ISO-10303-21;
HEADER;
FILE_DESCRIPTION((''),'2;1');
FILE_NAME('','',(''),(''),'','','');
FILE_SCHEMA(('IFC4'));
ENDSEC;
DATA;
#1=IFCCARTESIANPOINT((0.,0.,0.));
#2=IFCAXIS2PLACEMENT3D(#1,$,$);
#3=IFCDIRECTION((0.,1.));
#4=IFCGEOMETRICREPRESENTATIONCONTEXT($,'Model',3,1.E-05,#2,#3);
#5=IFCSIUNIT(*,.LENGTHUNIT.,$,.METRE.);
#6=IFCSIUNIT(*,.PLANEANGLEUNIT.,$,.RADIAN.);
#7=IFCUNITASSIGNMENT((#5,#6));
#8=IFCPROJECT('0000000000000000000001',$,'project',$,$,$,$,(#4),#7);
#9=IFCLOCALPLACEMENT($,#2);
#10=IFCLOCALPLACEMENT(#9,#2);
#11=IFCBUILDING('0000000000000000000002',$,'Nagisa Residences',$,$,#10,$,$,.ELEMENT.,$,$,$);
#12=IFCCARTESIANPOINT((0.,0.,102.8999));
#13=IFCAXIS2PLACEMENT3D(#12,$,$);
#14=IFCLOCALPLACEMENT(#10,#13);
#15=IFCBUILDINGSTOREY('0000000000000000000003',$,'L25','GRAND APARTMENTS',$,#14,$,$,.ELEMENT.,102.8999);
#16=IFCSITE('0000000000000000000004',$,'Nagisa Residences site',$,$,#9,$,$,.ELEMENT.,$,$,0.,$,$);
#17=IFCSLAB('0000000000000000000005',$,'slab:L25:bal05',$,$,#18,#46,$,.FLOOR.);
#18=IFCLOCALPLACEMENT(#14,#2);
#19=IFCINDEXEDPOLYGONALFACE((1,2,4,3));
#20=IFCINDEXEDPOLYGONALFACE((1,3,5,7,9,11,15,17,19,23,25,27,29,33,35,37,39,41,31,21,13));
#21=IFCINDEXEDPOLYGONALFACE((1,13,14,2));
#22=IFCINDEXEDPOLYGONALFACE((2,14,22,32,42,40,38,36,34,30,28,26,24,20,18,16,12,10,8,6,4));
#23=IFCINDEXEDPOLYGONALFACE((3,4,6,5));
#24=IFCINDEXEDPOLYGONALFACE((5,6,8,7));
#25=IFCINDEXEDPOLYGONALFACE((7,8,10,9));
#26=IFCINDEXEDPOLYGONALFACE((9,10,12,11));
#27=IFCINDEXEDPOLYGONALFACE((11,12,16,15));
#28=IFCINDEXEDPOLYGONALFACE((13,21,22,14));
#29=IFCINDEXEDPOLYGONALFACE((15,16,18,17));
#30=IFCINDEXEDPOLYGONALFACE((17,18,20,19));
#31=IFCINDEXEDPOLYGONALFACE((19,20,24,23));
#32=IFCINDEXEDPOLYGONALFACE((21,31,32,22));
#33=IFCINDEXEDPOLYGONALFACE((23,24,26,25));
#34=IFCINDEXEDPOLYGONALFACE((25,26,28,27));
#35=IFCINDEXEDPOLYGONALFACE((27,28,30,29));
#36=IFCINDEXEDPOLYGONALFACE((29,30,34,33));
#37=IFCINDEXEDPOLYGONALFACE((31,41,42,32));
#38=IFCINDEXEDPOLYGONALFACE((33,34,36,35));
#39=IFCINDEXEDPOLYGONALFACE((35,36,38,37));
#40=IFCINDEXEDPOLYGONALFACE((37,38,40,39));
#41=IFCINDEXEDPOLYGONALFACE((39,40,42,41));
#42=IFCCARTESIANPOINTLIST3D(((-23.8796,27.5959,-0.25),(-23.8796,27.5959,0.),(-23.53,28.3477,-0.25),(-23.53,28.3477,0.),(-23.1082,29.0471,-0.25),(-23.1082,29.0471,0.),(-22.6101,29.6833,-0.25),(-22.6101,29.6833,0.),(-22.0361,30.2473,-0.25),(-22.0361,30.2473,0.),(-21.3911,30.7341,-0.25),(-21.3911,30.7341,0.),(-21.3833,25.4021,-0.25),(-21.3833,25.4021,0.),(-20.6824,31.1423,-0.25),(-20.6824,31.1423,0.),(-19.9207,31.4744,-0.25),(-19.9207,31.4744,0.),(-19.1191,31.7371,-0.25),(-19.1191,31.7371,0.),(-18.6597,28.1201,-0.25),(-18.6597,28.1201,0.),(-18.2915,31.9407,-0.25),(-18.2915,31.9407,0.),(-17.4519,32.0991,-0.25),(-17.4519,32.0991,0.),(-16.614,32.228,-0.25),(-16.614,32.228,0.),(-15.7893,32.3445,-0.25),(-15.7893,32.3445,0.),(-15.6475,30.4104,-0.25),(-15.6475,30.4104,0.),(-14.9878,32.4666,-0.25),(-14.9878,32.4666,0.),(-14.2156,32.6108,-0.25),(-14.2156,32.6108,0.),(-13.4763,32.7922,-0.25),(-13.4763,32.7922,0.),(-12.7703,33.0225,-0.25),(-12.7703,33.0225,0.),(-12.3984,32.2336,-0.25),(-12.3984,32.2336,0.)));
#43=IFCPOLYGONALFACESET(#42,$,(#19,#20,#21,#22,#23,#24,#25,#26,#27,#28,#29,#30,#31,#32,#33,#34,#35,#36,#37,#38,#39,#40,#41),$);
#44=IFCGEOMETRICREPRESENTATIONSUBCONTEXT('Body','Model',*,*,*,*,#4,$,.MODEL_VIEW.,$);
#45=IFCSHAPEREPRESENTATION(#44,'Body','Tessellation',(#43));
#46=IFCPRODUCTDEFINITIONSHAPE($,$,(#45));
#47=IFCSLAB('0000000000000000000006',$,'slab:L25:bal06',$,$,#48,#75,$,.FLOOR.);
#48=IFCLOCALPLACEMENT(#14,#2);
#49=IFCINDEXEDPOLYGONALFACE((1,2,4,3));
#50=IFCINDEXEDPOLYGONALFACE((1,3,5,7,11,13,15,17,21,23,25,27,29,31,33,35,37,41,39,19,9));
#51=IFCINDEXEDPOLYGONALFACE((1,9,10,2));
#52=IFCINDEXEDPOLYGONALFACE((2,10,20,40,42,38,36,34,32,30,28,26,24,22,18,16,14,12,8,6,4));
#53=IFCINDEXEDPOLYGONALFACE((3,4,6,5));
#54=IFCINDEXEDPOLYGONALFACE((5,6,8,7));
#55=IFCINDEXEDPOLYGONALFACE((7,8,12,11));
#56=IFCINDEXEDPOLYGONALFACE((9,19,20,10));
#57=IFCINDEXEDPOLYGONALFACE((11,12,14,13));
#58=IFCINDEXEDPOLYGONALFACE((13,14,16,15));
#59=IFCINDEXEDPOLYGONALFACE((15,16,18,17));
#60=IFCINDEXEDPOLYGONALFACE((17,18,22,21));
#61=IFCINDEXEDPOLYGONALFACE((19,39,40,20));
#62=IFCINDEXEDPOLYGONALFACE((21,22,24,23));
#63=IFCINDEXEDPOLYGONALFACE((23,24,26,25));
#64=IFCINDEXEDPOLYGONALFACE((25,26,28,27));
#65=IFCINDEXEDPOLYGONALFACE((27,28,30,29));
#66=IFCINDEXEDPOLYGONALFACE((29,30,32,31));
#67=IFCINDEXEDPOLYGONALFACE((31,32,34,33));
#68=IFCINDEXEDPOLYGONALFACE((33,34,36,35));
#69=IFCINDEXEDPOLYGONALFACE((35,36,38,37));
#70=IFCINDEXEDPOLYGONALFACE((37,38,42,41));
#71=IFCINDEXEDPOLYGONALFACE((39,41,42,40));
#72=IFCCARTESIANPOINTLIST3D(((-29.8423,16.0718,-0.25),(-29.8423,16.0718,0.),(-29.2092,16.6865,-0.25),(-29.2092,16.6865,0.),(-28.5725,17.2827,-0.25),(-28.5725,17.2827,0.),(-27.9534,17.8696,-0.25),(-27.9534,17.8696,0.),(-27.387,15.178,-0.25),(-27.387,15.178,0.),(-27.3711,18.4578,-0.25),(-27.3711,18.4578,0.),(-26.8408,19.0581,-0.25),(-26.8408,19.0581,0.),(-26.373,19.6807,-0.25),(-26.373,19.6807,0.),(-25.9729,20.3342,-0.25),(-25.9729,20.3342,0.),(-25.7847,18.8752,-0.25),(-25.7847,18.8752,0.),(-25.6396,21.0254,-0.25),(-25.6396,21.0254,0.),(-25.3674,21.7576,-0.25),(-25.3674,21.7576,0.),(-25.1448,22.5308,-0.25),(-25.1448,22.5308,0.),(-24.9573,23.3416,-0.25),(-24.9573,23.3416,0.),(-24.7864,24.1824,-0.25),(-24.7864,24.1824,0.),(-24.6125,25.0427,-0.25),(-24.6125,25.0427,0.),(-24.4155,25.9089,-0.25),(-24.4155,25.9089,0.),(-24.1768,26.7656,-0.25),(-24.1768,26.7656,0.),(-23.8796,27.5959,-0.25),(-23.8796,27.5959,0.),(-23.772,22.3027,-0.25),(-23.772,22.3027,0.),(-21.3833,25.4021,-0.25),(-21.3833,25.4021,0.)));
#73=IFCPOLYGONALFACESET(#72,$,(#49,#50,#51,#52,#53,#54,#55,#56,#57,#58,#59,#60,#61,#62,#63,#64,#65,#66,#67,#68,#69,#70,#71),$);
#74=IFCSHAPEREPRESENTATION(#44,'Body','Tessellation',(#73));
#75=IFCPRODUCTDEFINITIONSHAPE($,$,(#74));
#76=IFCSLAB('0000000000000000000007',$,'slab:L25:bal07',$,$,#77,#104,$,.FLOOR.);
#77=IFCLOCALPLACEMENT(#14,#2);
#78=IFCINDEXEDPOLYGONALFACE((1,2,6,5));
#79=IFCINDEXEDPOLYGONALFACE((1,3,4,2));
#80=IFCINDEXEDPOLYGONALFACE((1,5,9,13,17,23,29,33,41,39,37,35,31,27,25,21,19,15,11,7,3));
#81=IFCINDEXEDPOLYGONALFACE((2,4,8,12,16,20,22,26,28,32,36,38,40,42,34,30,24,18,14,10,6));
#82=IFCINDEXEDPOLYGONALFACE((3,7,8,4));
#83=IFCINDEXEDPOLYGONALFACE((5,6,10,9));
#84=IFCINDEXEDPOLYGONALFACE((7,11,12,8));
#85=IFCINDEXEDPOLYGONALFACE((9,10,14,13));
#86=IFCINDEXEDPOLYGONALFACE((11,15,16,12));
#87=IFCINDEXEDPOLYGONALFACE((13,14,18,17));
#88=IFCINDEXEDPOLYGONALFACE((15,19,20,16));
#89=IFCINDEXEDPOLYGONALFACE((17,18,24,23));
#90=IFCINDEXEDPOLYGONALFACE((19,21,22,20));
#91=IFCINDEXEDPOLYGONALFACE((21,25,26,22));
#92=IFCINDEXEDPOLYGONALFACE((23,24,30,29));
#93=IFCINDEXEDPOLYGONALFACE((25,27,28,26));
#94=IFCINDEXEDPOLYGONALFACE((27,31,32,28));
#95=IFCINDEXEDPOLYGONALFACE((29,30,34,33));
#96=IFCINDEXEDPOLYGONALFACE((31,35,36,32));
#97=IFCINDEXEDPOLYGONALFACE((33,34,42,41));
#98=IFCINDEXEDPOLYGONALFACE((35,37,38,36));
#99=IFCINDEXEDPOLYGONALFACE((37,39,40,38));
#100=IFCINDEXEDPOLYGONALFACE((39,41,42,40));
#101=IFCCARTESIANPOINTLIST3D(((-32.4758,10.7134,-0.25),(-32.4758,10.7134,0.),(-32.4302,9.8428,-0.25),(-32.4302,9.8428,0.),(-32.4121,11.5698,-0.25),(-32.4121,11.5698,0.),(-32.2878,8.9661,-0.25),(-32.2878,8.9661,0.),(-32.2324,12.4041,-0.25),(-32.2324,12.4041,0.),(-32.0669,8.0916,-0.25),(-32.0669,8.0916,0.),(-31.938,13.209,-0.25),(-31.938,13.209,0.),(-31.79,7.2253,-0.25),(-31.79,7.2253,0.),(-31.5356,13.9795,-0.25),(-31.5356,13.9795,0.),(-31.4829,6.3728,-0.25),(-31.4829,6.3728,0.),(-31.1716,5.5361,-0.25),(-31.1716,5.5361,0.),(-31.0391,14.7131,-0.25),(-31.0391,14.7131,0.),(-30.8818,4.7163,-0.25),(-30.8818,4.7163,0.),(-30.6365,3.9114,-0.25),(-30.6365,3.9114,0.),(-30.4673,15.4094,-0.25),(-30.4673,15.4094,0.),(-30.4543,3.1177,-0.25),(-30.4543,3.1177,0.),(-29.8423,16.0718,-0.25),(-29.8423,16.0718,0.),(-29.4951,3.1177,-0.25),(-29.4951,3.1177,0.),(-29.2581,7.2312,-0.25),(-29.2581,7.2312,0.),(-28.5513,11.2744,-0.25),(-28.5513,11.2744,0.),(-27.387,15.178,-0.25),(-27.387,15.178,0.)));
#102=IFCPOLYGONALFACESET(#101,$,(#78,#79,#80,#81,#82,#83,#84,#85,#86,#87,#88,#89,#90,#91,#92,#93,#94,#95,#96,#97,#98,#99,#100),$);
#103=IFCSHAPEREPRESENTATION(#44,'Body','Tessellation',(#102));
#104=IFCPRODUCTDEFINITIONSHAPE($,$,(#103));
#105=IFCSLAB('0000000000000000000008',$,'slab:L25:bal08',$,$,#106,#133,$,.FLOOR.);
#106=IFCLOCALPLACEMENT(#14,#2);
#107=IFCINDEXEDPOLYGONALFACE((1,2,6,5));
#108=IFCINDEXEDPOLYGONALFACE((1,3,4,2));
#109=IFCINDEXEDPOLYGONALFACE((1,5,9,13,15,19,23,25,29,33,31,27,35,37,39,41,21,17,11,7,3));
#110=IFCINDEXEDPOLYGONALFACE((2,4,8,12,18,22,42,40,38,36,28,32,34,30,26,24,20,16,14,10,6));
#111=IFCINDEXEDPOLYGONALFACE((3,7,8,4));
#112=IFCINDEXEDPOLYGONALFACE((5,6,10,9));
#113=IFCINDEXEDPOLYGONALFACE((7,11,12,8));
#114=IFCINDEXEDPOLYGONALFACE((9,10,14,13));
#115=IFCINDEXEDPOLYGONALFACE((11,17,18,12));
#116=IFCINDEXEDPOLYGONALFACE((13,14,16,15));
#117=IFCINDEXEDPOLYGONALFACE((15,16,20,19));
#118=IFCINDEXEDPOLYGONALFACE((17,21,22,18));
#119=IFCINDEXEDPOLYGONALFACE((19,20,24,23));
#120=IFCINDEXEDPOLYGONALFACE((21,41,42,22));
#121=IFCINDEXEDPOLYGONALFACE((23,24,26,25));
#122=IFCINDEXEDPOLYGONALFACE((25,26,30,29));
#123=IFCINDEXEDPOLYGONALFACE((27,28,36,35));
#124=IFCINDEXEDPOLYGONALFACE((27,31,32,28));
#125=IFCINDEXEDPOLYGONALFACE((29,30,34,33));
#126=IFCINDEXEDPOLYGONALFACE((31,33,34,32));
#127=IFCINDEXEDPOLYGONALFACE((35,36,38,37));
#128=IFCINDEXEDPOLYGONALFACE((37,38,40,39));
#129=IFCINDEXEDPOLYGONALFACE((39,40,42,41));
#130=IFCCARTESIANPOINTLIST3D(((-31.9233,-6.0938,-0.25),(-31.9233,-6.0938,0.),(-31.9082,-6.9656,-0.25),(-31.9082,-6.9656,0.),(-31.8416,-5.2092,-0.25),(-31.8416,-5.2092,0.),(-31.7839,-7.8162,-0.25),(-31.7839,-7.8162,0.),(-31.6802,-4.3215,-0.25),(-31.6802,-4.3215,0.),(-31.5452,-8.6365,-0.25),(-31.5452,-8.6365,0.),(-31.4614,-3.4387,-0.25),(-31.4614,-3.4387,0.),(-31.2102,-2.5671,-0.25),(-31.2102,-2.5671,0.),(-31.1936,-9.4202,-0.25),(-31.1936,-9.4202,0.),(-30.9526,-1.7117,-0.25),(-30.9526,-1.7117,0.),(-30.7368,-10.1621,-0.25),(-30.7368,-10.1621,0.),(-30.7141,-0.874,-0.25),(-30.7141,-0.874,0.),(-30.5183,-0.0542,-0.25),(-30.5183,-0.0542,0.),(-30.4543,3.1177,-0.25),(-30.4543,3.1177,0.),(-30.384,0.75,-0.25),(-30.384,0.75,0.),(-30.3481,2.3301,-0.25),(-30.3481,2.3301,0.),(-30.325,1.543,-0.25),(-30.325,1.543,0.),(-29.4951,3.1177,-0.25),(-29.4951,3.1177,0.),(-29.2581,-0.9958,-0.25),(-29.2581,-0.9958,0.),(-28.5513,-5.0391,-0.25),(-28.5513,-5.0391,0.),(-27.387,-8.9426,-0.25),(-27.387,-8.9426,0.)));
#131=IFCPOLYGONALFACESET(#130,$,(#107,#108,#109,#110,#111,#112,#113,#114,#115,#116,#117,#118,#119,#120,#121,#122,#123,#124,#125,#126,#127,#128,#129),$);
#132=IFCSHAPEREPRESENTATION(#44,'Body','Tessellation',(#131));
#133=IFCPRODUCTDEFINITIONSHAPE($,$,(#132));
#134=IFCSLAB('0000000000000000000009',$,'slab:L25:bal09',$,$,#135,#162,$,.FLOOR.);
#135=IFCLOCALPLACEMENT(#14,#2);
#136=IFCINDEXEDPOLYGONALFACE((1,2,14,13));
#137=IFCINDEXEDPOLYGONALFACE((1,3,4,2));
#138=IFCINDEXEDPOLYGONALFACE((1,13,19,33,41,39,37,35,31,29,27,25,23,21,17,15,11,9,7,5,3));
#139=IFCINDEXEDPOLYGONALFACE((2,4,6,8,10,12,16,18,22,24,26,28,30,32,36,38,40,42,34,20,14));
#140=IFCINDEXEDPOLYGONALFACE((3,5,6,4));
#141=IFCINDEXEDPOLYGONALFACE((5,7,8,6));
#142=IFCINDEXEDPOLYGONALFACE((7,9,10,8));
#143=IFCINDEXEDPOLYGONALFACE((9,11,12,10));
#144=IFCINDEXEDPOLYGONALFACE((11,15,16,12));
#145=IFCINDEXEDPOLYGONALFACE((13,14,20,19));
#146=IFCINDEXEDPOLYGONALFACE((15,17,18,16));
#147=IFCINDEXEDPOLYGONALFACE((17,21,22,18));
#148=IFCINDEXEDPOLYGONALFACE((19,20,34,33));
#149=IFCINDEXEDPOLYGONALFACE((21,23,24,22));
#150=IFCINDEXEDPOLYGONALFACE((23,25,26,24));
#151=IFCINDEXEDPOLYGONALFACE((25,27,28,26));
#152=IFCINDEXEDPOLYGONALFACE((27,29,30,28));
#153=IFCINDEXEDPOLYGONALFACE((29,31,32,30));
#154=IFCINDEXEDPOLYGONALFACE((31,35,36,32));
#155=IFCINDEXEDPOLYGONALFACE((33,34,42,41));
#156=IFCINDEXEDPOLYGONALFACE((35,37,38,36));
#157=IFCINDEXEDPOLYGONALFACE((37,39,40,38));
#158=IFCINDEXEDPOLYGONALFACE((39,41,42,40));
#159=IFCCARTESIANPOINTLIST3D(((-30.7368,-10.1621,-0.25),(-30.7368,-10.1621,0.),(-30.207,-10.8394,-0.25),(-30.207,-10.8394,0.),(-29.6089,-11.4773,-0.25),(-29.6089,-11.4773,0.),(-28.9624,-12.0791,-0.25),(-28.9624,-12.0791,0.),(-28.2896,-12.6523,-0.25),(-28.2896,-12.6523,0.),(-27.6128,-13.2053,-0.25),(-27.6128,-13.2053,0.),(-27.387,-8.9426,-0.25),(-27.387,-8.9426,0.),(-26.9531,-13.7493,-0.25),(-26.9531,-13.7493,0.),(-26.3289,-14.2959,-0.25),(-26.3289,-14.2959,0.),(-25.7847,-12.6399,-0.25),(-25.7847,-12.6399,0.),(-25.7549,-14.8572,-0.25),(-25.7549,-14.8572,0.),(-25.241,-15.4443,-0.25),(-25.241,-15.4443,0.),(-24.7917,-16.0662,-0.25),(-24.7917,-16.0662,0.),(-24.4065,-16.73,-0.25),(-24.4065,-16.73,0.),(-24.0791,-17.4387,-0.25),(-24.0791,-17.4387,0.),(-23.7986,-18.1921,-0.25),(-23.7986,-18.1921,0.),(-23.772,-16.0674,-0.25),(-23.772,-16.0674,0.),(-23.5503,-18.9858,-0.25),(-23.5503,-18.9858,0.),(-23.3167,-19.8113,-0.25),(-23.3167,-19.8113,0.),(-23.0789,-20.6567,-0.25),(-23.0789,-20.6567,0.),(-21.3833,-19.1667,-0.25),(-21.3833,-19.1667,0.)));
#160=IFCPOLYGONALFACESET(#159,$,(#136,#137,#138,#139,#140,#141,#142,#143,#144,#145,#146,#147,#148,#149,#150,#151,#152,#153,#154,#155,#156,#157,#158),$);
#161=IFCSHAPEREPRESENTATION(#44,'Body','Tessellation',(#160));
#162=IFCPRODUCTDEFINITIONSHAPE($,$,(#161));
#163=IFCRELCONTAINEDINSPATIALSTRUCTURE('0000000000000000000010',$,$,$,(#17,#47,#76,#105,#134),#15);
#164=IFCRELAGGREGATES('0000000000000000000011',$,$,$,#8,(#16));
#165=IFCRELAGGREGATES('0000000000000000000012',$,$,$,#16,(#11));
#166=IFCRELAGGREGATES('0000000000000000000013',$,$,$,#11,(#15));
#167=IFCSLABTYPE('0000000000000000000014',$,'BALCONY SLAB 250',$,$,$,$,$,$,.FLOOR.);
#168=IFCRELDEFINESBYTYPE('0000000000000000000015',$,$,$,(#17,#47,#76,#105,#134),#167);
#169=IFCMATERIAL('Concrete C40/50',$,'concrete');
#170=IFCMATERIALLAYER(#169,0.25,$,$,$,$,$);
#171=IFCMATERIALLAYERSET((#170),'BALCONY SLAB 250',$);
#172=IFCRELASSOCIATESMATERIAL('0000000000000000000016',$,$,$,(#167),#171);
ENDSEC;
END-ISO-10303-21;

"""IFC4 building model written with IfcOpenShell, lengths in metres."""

from ifc_helpers import new_model, si_unit, direction, frame, origin, place, context, subcontext, project, spatial, polyline, outline, extrude, material, layer, layer_set, type_object, element, save


model = new_model("IFC4")

# Units and contexts
model_context = context("Model", 3, precision=1e-05, world=origin(), true_north=direction((0.0, 1.0)))
body_context = subcontext(model_context, "Body", "Model", "MODEL_VIEW")
ifc_project = project(units=[si_unit("LENGTHUNIT", "METRE"), si_unit("PLANEANGLEUNIT", "RADIAN")], contexts=[model_context])

# Site, building, storey
site_placement = place(None, origin())
site = spatial("IfcSite", under=ifc_project, at=site_placement, Name="Nagisa Residences site", CompositionType="ELEMENT", RefElevation=0.0)
building_placement = place(site_placement, origin())
building = spatial("IfcBuilding", under=site, at=building_placement, Name="Nagisa Residences", CompositionType="ELEMENT")
storey_placement = place(building_placement, frame((0.0, 0.0, 102.8999)))
storey = spatial("IfcBuildingStorey", under=building, at=storey_placement, Name="L25", Description="GRAND APARTMENTS", CompositionType="ELEMENT", Elevation=102.8999)

# Slabs
ifc_material_1 = material(Name="Concrete C40/50", Category="concrete")
ifc_layer_1 = layer(ifc_material_1, 0.25)
ifc_layer_set_1 = layer_set([ifc_layer_1], Name="BALCONY SLAB 250")
slab_type_1 = type_object("IfcSlabType", Name="BALCONY SLAB 250", PredefinedType="FLOOR", material=ifc_layer_set_1)
slab_1_placement = place(storey_placement, frame((0.0, 0.0, -0.25)))
element("IfcSlab", 1, at=slab_1_placement, inside=storey, type_object=slab_type_1, Name="slab:L25:bal05", PredefinedType="FLOOR", context=body_context, shape_type="SweptSolid", body=[
    extrude(outline(polyline([(-12.7703, 33.0225), (-13.4763, 32.7922), (-14.2156, 32.6108), (-14.9878, 32.4666), (-15.7893, 32.3445), (-16.614, 32.228), (-17.4519, 32.0991), (-18.2915, 31.9407), (-19.1191, 31.7371), (-19.9207, 31.4744), (-20.6824, 31.1423), (-21.3911, 30.7341), (-22.0361, 30.2473), (-22.6101, 29.6833), (-23.1082, 29.0471), (-23.53, 28.3477), (-23.8796, 27.5959), (-21.3833, 25.4021), (-18.6597, 28.1201), (-15.6475, 30.4104), (-12.3984, 32.2336), (-12.7703, 33.0225)])), origin(), (0.0, 0.0, 1.0), 0.25),
])
slab_2_placement = place(storey_placement, frame((0.0, 0.0, -0.25)))
element("IfcSlab", 2, at=slab_2_placement, inside=storey, type_object=slab_type_1, Name="slab:L25:bal06", PredefinedType="FLOOR", context=body_context, shape_type="SweptSolid", body=[
    extrude(outline(polyline([(-23.8796, 27.5959), (-24.1768, 26.7656), (-24.4155, 25.9089), (-24.6125, 25.0427), (-24.7864, 24.1824), (-24.9573, 23.3416), (-25.1448, 22.5308), (-25.3674, 21.7576), (-25.6396, 21.0254), (-25.9729, 20.3342), (-26.373, 19.6807), (-26.8408, 19.0581), (-27.3711, 18.4578), (-27.9534, 17.8696), (-28.5725, 17.2827), (-29.2092, 16.6865), (-29.8423, 16.0718), (-27.387, 15.178), (-25.7847, 18.8752), (-23.772, 22.3027), (-21.3833, 25.4021), (-23.8796, 27.5959)])), origin(), (0.0, 0.0, 1.0), 0.25),
])
slab_3_placement = place(storey_placement, frame((0.0, 0.0, -0.25)))
element("IfcSlab", 3, at=slab_3_placement, inside=storey, type_object=slab_type_1, Name="slab:L25:bal07", PredefinedType="FLOOR", context=body_context, shape_type="SweptSolid", body=[
    extrude(outline(polyline([(-29.8423, 16.0718), (-30.4673, 15.4094), (-31.0391, 14.7131), (-31.5356, 13.9795), (-31.938, 13.209), (-32.2324, 12.4041), (-32.4121, 11.5698), (-32.4758, 10.7134), (-32.4302, 9.8428), (-32.2878, 8.9661), (-32.0669, 8.0916), (-31.79, 7.2253), (-31.4829, 6.3728), (-31.1716, 5.5361), (-30.8818, 4.7163), (-30.6365, 3.9114), (-30.4543, 3.1177), (-29.4951, 3.1177), (-29.2581, 7.2312), (-28.5513, 11.2744), (-27.387, 15.178), (-29.8423, 16.0718)])), origin(), (0.0, 0.0, 1.0), 0.25),
])
slab_4_placement = place(storey_placement, frame((0.0, 0.0, -0.25)))
element("IfcSlab", 4, at=slab_4_placement, inside=storey, type_object=slab_type_1, Name="slab:L25:bal08", PredefinedType="FLOOR", context=body_context, shape_type="SweptSolid", body=[
    extrude(outline(polyline([(-30.4543, 3.1177), (-30.3481, 2.3301), (-30.325, 1.543), (-30.384, 0.75), (-30.5183, -0.0542), (-30.7141, -0.874), (-30.9526, -1.7117), (-31.2102, -2.5671), (-31.4614, -3.4387), (-31.6802, -4.3215), (-31.8416, -5.2092), (-31.9233, -6.0938), (-31.9082, -6.9656), (-31.7839, -7.8162), (-31.5452, -8.6365), (-31.1936, -9.4202), (-30.7368, -10.1621), (-27.387, -8.9426), (-28.5513, -5.0391), (-29.2581, -0.9958), (-29.4951, 3.1177), (-30.4543, 3.1177)])), origin(), (0.0, 0.0, 1.0), 0.25),
])
slab_5_placement = place(storey_placement, frame((0.0, 0.0, -0.25)))
element("IfcSlab", 5, at=slab_5_placement, inside=storey, type_object=slab_type_1, Name="slab:L25:bal09", PredefinedType="FLOOR", context=body_context, shape_type="SweptSolid", body=[
    extrude(outline(polyline([(-30.7368, -10.1621), (-30.207, -10.8394), (-29.6089, -11.4773), (-28.9624, -12.0791), (-28.2896, -12.6523), (-27.6128, -13.2053), (-26.9531, -13.7493), (-26.3289, -14.2959), (-25.7549, -14.8572), (-25.241, -15.4443), (-24.7917, -16.0662), (-24.4065, -16.73), (-24.0791, -17.4387), (-23.7986, -18.1921), (-23.5503, -18.9858), (-23.3167, -19.8113), (-23.0789, -20.6567), (-21.3833, -19.1667), (-23.772, -16.0674), (-25.7847, -12.6399), (-27.387, -8.9426), (-30.7368, -10.1621)])), origin(), (0.0, 0.0, 1.0), 0.25),
])

save(model, "model.ifc")
